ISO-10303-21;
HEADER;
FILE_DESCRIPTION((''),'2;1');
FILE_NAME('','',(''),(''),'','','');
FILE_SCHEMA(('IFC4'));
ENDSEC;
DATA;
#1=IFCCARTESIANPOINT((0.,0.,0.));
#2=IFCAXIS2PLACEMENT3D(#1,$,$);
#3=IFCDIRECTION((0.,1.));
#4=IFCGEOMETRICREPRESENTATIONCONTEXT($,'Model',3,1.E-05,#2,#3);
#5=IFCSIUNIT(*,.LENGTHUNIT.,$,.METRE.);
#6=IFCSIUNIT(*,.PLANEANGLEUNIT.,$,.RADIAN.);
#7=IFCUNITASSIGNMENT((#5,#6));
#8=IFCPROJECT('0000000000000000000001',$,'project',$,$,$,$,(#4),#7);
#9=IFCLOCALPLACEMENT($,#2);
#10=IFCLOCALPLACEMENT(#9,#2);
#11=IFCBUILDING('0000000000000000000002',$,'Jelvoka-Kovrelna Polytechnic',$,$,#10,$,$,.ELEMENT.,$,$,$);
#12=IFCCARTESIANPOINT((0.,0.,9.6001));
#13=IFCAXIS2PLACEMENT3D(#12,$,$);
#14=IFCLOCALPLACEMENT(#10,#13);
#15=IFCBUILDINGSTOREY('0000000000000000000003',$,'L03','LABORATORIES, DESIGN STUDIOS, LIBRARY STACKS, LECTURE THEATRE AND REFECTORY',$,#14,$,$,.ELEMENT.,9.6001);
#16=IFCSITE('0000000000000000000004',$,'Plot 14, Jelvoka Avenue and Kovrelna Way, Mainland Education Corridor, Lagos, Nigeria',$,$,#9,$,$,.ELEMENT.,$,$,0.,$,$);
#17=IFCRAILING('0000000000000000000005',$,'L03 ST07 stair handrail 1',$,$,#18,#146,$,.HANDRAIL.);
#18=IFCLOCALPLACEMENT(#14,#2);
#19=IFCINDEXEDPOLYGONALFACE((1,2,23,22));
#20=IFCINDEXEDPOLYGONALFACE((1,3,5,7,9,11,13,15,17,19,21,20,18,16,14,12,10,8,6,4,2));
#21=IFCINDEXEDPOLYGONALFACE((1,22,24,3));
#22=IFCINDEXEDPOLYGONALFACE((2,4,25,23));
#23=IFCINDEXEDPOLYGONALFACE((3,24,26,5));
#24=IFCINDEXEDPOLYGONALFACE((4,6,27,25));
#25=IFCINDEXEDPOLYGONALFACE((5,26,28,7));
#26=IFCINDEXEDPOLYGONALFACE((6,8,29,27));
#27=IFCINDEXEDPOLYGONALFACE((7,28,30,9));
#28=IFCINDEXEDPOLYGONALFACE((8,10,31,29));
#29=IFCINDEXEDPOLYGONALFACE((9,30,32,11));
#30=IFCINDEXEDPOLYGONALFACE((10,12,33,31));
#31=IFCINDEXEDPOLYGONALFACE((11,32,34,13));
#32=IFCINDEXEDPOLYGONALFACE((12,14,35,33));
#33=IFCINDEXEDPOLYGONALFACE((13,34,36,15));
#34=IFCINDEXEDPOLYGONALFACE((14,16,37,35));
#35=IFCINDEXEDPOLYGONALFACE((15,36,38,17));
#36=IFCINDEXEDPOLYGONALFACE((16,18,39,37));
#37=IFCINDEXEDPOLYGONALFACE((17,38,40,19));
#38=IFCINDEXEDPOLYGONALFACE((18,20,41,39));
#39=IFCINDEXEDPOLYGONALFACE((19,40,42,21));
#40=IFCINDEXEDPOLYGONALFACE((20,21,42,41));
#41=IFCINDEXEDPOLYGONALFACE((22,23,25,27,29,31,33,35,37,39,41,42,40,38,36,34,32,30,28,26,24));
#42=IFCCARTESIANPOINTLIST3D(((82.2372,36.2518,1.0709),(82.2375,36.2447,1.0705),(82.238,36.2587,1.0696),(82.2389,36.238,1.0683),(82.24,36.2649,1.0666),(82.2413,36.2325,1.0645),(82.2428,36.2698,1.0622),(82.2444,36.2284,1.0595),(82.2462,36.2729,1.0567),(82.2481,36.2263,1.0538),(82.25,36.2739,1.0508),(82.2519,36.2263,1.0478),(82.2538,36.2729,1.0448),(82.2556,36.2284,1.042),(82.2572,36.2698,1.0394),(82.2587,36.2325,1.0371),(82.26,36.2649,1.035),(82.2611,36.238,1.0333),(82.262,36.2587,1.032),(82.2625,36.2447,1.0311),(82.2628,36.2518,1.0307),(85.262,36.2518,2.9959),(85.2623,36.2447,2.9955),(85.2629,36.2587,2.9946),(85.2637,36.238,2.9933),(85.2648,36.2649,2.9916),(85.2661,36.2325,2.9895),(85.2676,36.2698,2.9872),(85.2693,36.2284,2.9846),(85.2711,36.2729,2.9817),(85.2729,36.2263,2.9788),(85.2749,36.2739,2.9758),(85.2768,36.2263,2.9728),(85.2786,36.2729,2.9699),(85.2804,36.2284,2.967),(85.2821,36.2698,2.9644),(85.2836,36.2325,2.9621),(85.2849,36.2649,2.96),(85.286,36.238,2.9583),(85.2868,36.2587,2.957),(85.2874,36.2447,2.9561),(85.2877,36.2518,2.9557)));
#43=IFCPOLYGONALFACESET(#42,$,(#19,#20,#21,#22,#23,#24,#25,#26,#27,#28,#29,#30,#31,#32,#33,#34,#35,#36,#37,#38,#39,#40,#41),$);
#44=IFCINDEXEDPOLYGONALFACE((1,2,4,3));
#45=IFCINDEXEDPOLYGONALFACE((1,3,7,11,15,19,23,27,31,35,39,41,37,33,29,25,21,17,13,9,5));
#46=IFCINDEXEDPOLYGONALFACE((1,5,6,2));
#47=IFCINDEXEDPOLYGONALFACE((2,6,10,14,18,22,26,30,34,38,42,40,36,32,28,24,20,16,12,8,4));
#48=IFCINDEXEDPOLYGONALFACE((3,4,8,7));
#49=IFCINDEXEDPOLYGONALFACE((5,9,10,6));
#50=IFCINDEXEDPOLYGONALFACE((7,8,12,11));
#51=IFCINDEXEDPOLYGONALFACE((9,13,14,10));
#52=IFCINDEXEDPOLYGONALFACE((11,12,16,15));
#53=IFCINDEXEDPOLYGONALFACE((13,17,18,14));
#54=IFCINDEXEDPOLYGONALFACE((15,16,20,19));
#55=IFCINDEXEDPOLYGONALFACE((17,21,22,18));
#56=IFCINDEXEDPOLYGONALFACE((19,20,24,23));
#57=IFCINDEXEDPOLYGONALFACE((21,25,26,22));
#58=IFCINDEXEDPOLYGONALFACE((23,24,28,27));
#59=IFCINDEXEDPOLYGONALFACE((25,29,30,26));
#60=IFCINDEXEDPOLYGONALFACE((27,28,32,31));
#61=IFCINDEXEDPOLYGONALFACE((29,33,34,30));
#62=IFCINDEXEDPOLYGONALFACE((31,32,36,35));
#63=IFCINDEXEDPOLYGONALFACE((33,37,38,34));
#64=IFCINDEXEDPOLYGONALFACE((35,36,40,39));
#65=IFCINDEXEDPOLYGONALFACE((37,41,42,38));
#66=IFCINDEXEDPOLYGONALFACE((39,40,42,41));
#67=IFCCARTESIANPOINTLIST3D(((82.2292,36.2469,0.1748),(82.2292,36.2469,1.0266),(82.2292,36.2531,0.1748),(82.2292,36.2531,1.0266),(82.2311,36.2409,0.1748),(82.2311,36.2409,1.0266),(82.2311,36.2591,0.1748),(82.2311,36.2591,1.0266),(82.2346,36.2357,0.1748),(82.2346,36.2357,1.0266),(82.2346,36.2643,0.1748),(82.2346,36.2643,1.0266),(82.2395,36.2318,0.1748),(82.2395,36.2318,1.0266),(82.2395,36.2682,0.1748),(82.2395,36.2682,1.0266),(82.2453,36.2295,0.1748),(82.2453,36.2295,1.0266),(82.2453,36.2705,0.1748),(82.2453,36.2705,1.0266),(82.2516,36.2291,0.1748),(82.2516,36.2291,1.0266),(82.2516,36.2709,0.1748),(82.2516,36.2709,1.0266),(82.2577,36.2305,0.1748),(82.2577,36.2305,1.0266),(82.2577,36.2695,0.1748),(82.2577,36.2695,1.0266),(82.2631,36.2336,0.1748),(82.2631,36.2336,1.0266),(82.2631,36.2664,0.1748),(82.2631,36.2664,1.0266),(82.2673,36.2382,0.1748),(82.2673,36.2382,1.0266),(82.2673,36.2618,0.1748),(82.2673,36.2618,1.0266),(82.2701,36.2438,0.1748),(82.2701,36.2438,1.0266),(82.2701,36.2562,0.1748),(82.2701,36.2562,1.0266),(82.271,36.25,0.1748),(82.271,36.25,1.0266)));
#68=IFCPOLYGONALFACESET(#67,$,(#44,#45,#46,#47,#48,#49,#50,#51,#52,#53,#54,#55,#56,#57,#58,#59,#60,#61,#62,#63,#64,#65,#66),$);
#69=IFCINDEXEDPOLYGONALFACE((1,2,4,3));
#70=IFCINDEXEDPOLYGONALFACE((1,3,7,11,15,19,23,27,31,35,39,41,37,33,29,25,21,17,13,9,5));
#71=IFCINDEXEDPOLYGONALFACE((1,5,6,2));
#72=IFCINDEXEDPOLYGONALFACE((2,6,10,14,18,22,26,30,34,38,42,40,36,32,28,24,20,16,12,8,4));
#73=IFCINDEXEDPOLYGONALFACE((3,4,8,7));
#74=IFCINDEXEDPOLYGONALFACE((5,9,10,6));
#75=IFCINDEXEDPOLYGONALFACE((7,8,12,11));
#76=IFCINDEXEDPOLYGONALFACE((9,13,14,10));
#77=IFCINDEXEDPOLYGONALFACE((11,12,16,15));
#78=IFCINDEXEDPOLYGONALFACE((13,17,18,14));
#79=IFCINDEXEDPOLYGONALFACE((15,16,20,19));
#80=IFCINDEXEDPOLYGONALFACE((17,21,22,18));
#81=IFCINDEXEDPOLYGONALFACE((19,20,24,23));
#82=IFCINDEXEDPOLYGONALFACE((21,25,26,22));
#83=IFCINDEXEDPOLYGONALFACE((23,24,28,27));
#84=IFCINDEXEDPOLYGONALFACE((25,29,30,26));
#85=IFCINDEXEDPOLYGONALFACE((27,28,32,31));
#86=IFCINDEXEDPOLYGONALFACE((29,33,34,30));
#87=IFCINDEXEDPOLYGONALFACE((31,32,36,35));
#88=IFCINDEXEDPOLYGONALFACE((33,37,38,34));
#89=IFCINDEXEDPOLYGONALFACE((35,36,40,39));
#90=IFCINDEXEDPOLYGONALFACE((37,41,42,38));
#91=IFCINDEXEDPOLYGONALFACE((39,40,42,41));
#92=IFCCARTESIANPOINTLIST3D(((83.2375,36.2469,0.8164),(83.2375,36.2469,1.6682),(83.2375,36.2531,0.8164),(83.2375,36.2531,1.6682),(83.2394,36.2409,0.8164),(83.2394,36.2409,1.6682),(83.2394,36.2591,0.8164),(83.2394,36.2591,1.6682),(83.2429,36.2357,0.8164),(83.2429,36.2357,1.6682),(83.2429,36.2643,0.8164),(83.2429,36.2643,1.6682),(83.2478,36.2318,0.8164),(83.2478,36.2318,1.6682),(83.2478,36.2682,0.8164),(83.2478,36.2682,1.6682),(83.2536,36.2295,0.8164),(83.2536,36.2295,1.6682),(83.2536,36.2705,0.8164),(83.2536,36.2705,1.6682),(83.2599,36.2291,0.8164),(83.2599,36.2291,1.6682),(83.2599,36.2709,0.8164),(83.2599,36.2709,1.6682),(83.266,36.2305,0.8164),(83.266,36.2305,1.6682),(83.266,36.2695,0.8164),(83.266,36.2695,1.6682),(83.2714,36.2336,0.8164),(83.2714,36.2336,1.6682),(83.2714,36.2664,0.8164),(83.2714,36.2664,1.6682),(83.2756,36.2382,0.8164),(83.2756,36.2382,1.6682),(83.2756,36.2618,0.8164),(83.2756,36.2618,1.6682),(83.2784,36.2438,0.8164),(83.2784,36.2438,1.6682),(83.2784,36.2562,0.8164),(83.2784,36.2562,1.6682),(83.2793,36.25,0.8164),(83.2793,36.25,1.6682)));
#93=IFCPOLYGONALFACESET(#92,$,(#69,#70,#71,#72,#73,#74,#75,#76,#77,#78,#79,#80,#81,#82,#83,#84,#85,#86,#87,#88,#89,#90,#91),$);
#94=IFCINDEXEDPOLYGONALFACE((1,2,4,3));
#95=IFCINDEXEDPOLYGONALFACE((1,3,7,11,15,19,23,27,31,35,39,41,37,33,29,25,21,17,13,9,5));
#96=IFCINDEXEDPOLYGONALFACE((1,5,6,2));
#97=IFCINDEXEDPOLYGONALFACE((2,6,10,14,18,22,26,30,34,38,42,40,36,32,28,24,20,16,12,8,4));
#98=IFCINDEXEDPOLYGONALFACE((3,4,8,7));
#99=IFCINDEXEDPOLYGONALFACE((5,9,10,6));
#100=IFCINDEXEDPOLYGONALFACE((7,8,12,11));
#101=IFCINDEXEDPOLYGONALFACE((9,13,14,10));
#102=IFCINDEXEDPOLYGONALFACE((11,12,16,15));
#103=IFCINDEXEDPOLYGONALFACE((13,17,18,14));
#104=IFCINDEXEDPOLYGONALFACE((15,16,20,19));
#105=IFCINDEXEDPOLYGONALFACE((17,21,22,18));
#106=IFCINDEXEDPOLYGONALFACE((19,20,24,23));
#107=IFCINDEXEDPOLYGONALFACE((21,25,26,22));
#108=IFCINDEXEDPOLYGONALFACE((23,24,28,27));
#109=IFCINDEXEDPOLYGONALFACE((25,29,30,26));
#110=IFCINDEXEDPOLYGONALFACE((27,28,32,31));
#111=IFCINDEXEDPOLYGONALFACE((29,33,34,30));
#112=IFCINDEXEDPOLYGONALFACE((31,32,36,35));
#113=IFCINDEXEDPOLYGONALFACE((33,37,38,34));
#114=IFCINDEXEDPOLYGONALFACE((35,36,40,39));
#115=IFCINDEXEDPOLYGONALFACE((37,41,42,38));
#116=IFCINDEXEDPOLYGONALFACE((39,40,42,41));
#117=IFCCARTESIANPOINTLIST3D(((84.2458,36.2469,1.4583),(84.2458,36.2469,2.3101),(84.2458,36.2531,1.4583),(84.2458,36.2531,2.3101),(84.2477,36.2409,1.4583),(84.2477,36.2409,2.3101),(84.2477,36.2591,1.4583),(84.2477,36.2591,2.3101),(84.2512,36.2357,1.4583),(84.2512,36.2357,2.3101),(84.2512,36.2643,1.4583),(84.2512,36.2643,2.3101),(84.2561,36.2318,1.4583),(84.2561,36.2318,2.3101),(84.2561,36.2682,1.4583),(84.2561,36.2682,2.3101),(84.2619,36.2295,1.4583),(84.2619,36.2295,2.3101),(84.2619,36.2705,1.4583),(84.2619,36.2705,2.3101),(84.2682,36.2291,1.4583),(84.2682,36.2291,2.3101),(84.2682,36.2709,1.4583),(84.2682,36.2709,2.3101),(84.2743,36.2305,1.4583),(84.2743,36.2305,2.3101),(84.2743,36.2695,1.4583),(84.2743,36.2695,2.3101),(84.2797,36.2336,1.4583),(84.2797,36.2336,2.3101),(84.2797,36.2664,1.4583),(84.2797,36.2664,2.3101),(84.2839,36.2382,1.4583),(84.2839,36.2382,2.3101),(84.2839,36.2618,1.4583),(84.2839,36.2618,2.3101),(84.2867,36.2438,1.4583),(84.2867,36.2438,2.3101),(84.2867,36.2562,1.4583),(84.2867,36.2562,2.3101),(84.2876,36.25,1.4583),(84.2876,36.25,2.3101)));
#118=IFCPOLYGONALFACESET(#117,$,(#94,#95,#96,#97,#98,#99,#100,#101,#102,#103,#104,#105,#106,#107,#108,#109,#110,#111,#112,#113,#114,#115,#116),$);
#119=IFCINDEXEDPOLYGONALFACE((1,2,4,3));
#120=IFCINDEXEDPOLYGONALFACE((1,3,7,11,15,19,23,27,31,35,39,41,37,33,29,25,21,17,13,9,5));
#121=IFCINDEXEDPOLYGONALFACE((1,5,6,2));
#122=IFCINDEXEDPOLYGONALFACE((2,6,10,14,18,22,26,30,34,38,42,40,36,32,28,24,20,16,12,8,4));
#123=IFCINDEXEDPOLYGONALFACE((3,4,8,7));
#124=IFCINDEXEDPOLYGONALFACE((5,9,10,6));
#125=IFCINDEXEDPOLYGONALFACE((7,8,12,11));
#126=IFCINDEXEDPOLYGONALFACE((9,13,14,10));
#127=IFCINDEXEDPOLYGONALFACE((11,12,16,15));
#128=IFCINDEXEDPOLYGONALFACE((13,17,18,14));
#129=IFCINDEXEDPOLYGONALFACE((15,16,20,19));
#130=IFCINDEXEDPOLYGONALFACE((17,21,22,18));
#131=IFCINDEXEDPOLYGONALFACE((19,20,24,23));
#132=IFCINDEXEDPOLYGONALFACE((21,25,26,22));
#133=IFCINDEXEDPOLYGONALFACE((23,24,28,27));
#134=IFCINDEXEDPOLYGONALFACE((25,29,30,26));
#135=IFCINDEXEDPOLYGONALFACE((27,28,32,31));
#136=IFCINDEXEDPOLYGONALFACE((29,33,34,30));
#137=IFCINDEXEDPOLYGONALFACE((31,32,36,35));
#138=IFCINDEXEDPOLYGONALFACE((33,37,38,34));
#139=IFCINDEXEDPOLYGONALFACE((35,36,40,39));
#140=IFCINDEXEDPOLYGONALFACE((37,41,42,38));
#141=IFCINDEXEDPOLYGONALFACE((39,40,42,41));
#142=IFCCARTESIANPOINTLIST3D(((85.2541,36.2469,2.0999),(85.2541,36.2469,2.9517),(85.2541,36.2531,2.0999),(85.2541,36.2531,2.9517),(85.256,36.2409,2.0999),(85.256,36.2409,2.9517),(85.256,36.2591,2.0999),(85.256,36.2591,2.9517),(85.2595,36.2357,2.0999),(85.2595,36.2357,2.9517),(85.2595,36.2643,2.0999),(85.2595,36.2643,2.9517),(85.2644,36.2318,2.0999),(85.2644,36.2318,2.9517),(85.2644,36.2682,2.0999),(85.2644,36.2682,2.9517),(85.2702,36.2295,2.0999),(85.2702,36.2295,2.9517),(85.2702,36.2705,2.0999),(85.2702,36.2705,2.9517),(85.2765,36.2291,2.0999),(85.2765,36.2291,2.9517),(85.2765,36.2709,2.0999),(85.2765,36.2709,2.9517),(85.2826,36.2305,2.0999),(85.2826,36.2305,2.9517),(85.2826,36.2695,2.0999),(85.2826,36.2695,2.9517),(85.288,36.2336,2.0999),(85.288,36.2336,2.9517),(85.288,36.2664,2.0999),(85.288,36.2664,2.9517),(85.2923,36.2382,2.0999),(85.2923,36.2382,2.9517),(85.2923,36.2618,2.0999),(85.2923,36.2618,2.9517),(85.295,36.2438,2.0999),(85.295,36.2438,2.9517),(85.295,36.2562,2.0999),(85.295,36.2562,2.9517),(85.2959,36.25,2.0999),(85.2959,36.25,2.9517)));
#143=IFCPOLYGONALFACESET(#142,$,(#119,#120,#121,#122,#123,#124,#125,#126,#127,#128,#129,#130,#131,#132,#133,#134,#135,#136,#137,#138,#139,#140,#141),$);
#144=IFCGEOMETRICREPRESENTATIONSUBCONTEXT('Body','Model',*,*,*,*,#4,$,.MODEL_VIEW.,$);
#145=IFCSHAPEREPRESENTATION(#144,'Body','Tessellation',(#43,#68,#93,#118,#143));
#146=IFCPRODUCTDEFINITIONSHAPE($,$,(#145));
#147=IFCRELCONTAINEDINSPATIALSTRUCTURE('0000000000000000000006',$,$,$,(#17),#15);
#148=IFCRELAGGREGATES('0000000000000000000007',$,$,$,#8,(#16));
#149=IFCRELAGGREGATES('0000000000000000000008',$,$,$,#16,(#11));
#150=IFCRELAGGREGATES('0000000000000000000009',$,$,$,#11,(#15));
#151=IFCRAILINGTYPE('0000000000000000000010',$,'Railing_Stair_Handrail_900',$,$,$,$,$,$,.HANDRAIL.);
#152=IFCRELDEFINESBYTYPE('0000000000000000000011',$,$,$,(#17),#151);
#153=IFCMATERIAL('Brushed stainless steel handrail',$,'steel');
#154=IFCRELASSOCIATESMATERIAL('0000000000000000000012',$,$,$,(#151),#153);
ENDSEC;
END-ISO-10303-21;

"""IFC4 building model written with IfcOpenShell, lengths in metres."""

from ifc_helpers import new_model, si_unit, direction, frame, origin, origin_2d, place, context, subcontext, project, spatial, circle, extrude, material, type_object, element, save


model = new_model("IFC4")

# Units and contexts
model_context = context("Model", 3, precision=1e-05, world=origin(), true_north=direction((0.0, 1.0)))
body_context = subcontext(model_context, "Body", "Model", "MODEL_VIEW")
ifc_project = project(units=[si_unit("LENGTHUNIT", "METRE"), si_unit("PLANEANGLEUNIT", "RADIAN")], contexts=[model_context])

# Site, building, storey
site_placement = place(None, origin())
site = spatial("IfcSite", under=ifc_project, at=site_placement, Name="Plot 14, Jelvoka Avenue and Kovrelna Way, Mainland Education Corridor, Lagos, Nigeria", CompositionType="ELEMENT", RefElevation=0.0)
building_placement = place(site_placement, origin())
building = spatial("IfcBuilding", under=site, at=building_placement, Name="Jelvoka-Kovrelna Polytechnic", CompositionType="ELEMENT")
storey_placement = place(building_placement, frame((0.0, 0.0, 9.6001)))
storey = spatial("IfcBuildingStorey", under=building, at=storey_placement, Name="L03", Description="LABORATORIES, DESIGN STUDIOS, LIBRARY STACKS, LECTURE THEATRE AND REFECTORY", CompositionType="ELEMENT", Elevation=9.6001)

# Railing
ifc_material_1 = material(Name="Brushed stainless steel handrail", Category="steel")
railing_type_1 = type_object("IfcRailingType", Name="Railing_Stair_Handrail_900", PredefinedType="HANDRAIL", material=ifc_material_1)
railing_1_placement = place(storey_placement, frame((82.25, 36.25, 0.1748)))
element("IfcRailing", 1, at=railing_1_placement, inside=storey, type_object=railing_type_1, Name="L03 ST07 stair handrail 1", PredefinedType="HANDRAIL", context=body_context, shape_type="SweptSolid", body=[
    extrude(circle(Radius=0.0239, at=origin_2d()), frame((0.0, 0.0, 0.876), z_axis=(0.843647, 0.0, 0.536898), x_axis=(0.0, 1.0, 0.0)), (0.0, 0.0, 1.0), 3.5854),
    extrude(circle(Radius=0.021, at=origin_2d()), origin(), (0.0, 0.0, 1.0), 0.8518),
    extrude(circle(Radius=0.021, at=origin_2d()), frame((1.0083, 0.0, 0.6416)), (0.0, 0.0, 1.0), 0.8518),
    extrude(circle(Radius=0.021, at=origin_2d()), frame((2.0166, 0.0, 1.2834)), (0.0, 0.0, 1.0), 0.8518),
    extrude(circle(Radius=0.021, at=origin_2d()), frame((3.0249, 0.0, 1.925)), (0.0, 0.0, 1.0), 0.8518),
])

save(model, "model.ifc")
